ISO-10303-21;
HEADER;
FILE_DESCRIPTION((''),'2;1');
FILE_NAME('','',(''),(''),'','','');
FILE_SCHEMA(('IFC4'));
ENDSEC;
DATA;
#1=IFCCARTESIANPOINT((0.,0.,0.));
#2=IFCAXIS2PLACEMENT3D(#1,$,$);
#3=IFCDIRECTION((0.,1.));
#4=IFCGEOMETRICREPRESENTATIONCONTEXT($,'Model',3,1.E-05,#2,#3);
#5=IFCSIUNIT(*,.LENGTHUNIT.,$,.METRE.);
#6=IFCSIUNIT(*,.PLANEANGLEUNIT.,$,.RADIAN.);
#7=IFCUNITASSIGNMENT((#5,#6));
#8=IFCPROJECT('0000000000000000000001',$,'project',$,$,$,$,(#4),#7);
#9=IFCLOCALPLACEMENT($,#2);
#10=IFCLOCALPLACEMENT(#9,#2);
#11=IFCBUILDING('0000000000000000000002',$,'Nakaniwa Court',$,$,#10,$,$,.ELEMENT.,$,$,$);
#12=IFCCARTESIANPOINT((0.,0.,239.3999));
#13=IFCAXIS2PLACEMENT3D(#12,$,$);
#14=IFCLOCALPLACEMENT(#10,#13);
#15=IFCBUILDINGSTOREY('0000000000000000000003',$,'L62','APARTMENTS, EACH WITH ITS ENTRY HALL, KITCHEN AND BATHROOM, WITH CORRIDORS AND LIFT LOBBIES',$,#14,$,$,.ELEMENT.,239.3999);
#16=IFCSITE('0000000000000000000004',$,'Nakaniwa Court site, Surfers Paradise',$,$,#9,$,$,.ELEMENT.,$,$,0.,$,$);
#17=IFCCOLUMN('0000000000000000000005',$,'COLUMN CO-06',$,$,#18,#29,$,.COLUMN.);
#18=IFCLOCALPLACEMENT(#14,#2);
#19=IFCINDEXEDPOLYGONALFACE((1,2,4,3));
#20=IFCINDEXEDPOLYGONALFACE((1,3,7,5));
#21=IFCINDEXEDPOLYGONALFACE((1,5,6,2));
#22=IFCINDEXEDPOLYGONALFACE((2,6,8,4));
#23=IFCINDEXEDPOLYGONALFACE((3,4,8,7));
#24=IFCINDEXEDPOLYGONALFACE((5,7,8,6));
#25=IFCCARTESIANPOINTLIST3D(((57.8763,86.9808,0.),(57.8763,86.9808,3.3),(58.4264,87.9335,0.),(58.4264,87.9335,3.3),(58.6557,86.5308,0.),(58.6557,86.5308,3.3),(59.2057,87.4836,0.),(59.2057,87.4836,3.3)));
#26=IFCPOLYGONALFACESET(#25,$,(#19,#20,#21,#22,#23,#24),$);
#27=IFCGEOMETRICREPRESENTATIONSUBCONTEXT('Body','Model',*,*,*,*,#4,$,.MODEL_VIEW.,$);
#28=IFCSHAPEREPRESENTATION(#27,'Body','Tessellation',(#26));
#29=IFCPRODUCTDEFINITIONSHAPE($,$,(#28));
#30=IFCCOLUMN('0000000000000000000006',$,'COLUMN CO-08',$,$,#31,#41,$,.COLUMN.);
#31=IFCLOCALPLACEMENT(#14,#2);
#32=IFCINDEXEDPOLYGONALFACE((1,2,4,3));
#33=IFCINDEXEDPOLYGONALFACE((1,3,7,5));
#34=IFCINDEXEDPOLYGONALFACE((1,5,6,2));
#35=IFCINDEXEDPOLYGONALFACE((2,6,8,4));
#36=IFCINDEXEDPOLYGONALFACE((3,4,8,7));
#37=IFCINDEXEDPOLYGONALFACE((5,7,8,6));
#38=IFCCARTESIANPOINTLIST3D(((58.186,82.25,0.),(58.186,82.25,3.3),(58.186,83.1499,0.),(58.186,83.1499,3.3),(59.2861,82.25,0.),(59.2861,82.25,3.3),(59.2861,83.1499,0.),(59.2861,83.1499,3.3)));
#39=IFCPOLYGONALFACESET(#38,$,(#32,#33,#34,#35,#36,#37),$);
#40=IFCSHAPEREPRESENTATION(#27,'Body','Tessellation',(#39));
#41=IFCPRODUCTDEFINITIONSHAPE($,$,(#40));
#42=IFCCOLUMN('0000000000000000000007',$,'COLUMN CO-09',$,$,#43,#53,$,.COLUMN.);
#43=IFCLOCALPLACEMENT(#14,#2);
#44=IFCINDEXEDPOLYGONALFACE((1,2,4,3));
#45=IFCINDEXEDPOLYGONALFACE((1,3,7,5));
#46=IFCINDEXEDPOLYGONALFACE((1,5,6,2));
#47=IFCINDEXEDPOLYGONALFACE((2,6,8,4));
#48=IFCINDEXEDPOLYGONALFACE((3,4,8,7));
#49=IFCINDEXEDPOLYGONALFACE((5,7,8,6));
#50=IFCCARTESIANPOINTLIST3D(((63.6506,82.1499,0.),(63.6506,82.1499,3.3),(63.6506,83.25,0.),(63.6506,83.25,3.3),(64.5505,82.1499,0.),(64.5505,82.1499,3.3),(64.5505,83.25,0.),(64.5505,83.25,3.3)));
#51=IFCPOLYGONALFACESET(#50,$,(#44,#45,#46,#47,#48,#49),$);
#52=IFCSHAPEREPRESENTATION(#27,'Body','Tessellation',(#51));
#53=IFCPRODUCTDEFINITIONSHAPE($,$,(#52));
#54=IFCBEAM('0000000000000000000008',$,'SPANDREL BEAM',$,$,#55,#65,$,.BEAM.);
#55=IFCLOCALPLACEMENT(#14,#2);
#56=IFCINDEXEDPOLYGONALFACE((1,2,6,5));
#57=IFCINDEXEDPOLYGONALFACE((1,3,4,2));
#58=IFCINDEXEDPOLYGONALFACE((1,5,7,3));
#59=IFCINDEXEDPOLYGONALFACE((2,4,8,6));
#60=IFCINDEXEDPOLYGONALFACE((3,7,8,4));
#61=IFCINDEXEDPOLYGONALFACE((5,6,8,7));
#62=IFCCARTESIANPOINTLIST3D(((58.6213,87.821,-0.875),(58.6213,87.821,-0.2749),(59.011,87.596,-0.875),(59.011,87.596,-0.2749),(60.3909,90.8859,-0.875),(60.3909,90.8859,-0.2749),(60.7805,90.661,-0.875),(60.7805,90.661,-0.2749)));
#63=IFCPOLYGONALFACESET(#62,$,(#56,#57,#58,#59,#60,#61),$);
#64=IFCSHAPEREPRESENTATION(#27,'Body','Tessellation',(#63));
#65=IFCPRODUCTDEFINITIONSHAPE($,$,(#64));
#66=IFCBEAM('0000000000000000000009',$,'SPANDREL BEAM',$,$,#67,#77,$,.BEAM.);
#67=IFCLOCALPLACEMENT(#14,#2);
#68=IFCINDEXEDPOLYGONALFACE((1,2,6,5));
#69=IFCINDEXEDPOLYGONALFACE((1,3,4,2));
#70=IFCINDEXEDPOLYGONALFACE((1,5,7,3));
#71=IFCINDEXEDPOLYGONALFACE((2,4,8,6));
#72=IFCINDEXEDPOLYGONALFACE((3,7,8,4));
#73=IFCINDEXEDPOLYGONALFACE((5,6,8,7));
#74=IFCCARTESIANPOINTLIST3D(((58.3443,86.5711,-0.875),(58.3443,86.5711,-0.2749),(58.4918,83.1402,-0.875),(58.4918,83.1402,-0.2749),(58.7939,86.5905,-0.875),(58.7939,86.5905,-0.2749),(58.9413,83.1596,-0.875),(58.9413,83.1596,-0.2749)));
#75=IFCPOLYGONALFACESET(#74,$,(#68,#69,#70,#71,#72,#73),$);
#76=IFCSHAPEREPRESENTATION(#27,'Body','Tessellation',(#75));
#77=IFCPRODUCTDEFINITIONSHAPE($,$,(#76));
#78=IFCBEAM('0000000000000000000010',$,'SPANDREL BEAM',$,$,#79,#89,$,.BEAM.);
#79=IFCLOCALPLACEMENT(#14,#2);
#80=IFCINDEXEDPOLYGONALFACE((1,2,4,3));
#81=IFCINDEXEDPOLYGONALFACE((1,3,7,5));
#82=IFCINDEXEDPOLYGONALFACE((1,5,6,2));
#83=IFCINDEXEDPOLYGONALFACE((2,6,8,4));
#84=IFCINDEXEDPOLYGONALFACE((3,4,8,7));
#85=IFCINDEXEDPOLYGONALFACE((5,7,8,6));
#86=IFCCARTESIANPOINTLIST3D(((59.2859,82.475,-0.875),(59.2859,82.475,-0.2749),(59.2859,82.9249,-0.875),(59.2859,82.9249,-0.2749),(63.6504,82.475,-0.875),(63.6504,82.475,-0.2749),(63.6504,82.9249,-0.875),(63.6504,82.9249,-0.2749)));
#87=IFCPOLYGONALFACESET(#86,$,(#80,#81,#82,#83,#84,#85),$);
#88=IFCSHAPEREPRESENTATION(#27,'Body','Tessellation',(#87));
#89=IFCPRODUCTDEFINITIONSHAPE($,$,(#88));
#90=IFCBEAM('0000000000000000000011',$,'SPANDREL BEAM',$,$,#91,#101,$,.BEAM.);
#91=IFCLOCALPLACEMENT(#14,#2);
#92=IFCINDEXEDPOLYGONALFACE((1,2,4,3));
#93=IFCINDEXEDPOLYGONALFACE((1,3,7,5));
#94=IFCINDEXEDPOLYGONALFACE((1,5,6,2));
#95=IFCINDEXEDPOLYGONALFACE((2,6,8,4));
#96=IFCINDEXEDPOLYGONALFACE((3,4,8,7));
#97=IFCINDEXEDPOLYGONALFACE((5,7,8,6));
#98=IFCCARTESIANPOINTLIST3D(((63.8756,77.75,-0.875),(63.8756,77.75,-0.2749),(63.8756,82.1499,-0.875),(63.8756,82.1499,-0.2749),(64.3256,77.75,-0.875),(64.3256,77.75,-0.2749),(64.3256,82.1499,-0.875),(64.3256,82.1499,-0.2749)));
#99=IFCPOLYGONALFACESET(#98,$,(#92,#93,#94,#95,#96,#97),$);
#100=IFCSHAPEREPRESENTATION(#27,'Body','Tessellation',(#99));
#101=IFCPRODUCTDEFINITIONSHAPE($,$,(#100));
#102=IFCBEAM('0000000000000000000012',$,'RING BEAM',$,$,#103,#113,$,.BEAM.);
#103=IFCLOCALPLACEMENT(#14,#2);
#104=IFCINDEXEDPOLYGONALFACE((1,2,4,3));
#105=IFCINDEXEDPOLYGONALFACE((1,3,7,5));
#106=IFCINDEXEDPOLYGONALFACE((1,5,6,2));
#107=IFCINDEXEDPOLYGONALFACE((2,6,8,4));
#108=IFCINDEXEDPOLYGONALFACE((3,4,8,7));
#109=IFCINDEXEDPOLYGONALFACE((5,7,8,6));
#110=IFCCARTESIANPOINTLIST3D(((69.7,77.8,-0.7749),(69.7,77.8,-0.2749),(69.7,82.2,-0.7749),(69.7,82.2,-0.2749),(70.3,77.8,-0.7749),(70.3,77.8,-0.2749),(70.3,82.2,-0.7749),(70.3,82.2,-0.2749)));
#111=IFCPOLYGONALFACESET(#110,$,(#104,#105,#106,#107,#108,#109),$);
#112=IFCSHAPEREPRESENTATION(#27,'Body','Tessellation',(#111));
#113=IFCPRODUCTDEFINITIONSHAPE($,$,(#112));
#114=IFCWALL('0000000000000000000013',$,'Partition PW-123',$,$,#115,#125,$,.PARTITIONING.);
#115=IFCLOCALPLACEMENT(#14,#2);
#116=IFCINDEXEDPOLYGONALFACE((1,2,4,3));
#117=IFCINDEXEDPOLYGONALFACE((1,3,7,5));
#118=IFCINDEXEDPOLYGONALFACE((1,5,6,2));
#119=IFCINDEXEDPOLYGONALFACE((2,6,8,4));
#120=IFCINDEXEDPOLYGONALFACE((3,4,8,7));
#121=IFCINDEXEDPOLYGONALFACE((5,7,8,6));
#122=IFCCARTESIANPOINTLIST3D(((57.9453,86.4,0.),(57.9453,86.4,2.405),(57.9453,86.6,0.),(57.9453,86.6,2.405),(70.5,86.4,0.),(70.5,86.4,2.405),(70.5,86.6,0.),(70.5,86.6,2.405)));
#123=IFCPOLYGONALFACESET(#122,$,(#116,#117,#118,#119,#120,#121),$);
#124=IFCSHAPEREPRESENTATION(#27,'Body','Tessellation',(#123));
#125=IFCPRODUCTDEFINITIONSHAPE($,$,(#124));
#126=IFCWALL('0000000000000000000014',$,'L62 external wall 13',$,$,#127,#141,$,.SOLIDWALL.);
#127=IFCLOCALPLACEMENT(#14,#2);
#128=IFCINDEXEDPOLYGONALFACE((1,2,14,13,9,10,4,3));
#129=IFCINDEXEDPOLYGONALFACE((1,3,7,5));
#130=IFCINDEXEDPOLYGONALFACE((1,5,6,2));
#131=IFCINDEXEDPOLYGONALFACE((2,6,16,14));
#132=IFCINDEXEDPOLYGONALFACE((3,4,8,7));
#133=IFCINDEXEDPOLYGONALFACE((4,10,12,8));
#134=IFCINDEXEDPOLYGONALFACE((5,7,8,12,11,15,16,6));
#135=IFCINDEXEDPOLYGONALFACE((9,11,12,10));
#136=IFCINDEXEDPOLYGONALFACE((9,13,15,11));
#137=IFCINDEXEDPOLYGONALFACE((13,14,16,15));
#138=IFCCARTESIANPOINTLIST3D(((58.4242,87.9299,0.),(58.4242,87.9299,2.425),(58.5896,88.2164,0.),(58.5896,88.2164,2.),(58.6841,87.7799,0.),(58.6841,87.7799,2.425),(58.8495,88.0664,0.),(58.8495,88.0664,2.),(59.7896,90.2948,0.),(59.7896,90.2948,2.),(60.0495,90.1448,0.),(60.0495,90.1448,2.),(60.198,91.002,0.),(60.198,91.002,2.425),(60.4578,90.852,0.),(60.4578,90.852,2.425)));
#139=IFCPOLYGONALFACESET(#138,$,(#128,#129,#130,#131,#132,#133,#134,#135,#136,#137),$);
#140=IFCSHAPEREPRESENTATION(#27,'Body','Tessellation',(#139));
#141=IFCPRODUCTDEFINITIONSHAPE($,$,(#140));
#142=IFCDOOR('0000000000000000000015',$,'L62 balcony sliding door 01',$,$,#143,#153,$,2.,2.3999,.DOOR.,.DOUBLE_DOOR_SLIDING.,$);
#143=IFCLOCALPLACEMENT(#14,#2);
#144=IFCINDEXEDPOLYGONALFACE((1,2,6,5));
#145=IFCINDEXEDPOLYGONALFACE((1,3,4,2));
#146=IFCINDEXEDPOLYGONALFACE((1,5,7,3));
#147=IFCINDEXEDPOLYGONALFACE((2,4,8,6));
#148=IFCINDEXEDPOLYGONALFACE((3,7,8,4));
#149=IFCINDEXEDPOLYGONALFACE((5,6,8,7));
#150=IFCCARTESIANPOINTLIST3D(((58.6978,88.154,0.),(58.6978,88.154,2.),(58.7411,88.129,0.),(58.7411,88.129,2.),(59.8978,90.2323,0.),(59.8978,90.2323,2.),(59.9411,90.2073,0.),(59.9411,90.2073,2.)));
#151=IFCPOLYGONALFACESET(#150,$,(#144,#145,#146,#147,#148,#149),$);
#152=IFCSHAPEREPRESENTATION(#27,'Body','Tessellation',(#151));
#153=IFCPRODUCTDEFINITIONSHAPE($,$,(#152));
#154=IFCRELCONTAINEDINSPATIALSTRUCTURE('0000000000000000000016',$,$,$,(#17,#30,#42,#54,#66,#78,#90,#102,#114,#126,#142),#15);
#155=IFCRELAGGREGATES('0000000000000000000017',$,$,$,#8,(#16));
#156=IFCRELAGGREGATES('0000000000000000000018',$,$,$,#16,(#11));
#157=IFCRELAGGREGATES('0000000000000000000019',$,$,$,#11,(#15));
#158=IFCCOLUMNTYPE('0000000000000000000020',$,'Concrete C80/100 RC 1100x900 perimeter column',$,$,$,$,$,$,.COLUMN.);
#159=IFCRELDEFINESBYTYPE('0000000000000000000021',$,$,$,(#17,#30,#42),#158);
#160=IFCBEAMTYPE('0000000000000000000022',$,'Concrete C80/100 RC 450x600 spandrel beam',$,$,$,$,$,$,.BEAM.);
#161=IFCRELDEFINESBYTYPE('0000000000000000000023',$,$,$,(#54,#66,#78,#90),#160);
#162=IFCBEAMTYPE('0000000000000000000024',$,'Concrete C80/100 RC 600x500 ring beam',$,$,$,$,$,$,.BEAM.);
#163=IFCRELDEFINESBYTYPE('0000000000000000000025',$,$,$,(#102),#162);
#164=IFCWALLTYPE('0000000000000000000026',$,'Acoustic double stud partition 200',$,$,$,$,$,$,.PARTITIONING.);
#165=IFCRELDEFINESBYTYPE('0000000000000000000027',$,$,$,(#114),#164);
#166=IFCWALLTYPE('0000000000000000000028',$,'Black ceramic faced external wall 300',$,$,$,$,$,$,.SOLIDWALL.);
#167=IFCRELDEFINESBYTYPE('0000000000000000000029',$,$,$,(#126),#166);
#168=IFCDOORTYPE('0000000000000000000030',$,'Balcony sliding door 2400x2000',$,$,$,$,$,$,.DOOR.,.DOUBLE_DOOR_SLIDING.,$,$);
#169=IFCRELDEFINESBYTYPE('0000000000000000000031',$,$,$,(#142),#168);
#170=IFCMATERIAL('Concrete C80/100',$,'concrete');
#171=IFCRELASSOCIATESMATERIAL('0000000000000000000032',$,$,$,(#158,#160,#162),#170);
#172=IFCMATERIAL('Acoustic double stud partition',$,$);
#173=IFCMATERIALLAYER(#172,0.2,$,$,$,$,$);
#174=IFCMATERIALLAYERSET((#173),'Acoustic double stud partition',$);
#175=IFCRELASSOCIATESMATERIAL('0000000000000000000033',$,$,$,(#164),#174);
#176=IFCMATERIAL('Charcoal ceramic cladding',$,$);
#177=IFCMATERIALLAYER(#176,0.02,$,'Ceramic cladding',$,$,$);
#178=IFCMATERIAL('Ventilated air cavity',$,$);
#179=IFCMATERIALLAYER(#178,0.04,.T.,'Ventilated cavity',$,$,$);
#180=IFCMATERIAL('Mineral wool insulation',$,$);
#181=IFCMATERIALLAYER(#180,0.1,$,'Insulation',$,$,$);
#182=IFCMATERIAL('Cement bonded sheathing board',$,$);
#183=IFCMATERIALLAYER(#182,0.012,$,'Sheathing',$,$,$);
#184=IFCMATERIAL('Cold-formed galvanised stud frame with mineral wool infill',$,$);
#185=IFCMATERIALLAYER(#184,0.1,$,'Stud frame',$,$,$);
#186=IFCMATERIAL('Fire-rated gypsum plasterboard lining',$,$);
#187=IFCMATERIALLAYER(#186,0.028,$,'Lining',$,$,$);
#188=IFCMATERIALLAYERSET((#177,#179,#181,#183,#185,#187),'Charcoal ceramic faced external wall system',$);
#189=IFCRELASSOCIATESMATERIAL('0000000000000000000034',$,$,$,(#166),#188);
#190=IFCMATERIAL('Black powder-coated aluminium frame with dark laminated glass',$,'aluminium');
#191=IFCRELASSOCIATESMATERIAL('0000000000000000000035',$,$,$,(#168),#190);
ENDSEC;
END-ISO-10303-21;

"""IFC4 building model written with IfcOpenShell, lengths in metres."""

from ifc_helpers import new_model, si_unit, direction, frame, frame_2d, origin, origin_2d, place, context, subcontext, project, spatial, rectangle, extrude, material, layer, layer_set, material_profile, profile_set, type_object, element, fill, save


model = new_model("IFC4")

# Units and contexts
model_context = context("Model", 3, precision=1e-05, world=origin(), true_north=direction((0.0, 1.0)))
body_context = subcontext(model_context, "Body", "Model", "MODEL_VIEW")
ifc_project = project(units=[si_unit("LENGTHUNIT", "METRE"), si_unit("PLANEANGLEUNIT", "RADIAN")], contexts=[model_context])

# Site, building, storey
site_placement = place(None, origin())
site = spatial("IfcSite", under=ifc_project, at=site_placement, Name="Nakaniwa Court site, Surfers Paradise", CompositionType="ELEMENT", RefElevation=0.0)
building_placement = place(site_placement, origin())
building = spatial("IfcBuilding", under=site, at=building_placement, Name="Nakaniwa Court", CompositionType="ELEMENT")
storey_placement = place(building_placement, frame((0.0, 0.0, 239.3999)))
storey = spatial("IfcBuildingStorey", under=building, at=storey_placement, Name="L62", Description="APARTMENTS, EACH WITH ITS ENTRY HALL, KITCHEN AND BATHROOM, WITH CORRIDORS AND LIFT LOBBIES", CompositionType="ELEMENT", Elevation=239.3999)

# Columns
ifc_material_1 = material(Name="Concrete C80/100", Category="concrete")
ifc_material_profile_1 = material_profile(ifc_material_1, rectangle(XDim=1.1001, YDim=0.8999, at=origin_2d()), Name="Concrete C80/100 RC 1100x900 perimeter column")
ifc_profile_set_1 = profile_set([ifc_material_profile_1], Name="Concrete C80/100")
column_type = type_object("IfcColumnType", Name="Concrete C80/100 RC 1100x900 perimeter column", PredefinedType="COLUMN", material=ifc_profile_set_1)
for number, where, z_axis, x_axis, name in (
    (1, (58.541, 87.2322, 0.0), (0.0, 0.0, 1.0), (-0.5, -0.866025, 0.0), "COLUMN CO-06"),
    (2, (58.7361, 82.7, 0.0), (0.0, 0.0, 1.0), (1.0, 0.0, 0.0), "COLUMN CO-08"),
    (3, (64.1006, 82.7, 0.0), (0.0, 0.0, 1.0), (0.0, -1.0, 0.0), "COLUMN CO-09"),
):
    element("IfcColumn", number, at=place(storey_placement, frame(where, z_axis=z_axis, x_axis=x_axis)), inside=storey, type_object=column_type, Name=name, PredefinedType="COLUMN", context=body_context, shape_type="SweptSolid", body=[
        extrude(rectangle(XDim=1.1001, YDim=0.8999, at=origin_2d()), origin(), (0.0, 0.0, 1.0), 3.3),
    ])

# Beams
ifc_material_profile_2 = material_profile(ifc_material_1, rectangle(XDim=0.45, YDim=0.6001, at=origin_2d()), Name="Concrete C80/100 RC 450x600 spandrel beam")
ifc_profile_set_2 = profile_set([ifc_material_profile_2], Name="Concrete C80/100")
beam_type_1 = type_object("IfcBeamType", Name="Concrete C80/100 RC 450x600 spandrel beam", PredefinedType="BEAM", material=ifc_profile_set_2)
beam_1_placement = place(storey_placement, frame((60.5857, 90.7734, -0.575), z_axis=(-0.499997, -0.866027, 0.0), x_axis=(0.866027, -0.499997, 0.0)))
element("IfcBeam", 4, at=beam_1_placement, inside=storey, type_object=beam_type_1, Name="SPANDREL BEAM", PredefinedType="BEAM", context=body_context, shape_type="SweptSolid", body=[
    extrude(rectangle(XDim=0.45, YDim=0.6001, at=origin_2d()), origin(), (0.0, 0.0, 1.0), 3.5391),
])
beam_2_placement = place(storey_placement, frame((58.5691, 86.5808, -0.575), z_axis=(0.042941, -0.999078, 0.0), x_axis=(0.999078, 0.042941, 0.0)))
element("IfcBeam", 5, at=beam_2_placement, inside=storey, type_object=beam_type_1, Name="SPANDREL BEAM", PredefinedType="BEAM", context=body_context, shape_type="SweptSolid", body=[
    extrude(rectangle(XDim=0.45, YDim=0.6001, at=origin_2d()), origin(), (0.0, 0.0, 1.0), 3.4341),
])
beam_3_placement = place(storey_placement, frame((59.2859, 82.7, -0.575), z_axis=(1.0, 0.0, 0.0), x_axis=(0.0, 1.0, 0.0)))
element("IfcBeam", 6, at=beam_3_placement, inside=storey, type_object=beam_type_1, Name="SPANDREL BEAM", PredefinedType="BEAM", context=body_context, shape_type="SweptSolid", body=[
    extrude(rectangle(XDim=0.45, YDim=0.6001, at=origin_2d()), origin(), (0.0, 0.0, 1.0), 4.3645),
])
beam_4_placement = place(storey_placement, frame((64.1006, 82.1499, -0.575), z_axis=(0.0, -1.0, 0.0), x_axis=(1.0, 0.0, 0.0)))
element("IfcBeam", 7, at=beam_4_placement, inside=storey, type_object=beam_type_1, Name="SPANDREL BEAM", PredefinedType="BEAM", context=body_context, shape_type="SweptSolid", body=[
    extrude(rectangle(XDim=0.45, YDim=0.6001, at=origin_2d()), origin(), (0.0, 0.0, 1.0), 4.3999),
])
ifc_material_profile_3 = material_profile(ifc_material_1, rectangle(XDim=0.6001, YDim=0.5, at=origin_2d()), Name="Concrete C80/100 RC 600x500 ring beam")
ifc_profile_set_3 = profile_set([ifc_material_profile_3], Name="Concrete C80/100")
beam_type_2 = type_object("IfcBeamType", Name="Concrete C80/100 RC 600x500 ring beam", PredefinedType="BEAM", material=ifc_profile_set_3)
beam_5_placement = place(storey_placement, frame((70.0, 82.2, -0.5249), z_axis=(0.0, -1.0, 0.0), x_axis=(1.0, 0.0, 0.0)))
element("IfcBeam", 8, at=beam_5_placement, inside=storey, type_object=beam_type_2, Name="RING BEAM", PredefinedType="BEAM", context=body_context, shape_type="SweptSolid", body=[
    extrude(rectangle(XDim=0.6001, YDim=0.5, at=origin_2d()), origin(), (0.0, 0.0, 1.0), 4.3999),
])

# Wall
ifc_material_2 = material(Name="Acoustic double stud partition")
ifc_layer_1 = layer(ifc_material_2, 0.2)
ifc_layer_set_1 = layer_set([ifc_layer_1], Name="Acoustic double stud partition")
wall_type_1 = type_object("IfcWallType", Name="Acoustic double stud partition 200", PredefinedType="PARTITIONING", material=ifc_layer_set_1)
wall_1_placement = place(storey_placement, frame((57.9453, 86.5, 0.0), z_axis=(0.0, 0.0, 1.0), x_axis=(1.0, 0.0, 0.0)))
element("IfcWall", 9, at=wall_1_placement, inside=storey, type_object=wall_type_1, Name="Partition PW-123", PredefinedType="PARTITIONING", context=body_context, shape_type="SweptSolid", body=[
    extrude(rectangle(XDim=12.5547, YDim=0.2, at=frame_2d((6.2773, 0.0))), origin(), (0.0, 0.0, 1.0), 2.405),
])

# Wall, opening, door
ifc_material_3 = material(Name="Charcoal ceramic cladding")
ifc_layer_2 = layer(ifc_material_3, 0.02, Name="Ceramic cladding")
ifc_material_4 = material(Name="Ventilated air cavity")
ifc_layer_3 = layer(ifc_material_4, 0.04, ventilated=True, Name="Ventilated cavity")
ifc_material_5 = material(Name="Mineral wool insulation")
ifc_layer_4 = layer(ifc_material_5, 0.1, Name="Insulation")
ifc_material_6 = material(Name="Cement bonded sheathing board")
ifc_layer_5 = layer(ifc_material_6, 0.012, Name="Sheathing")
ifc_material_7 = material(Name="Cold-formed galvanised stud frame with mineral wool infill")
ifc_layer_6 = layer(ifc_material_7, 0.1, Name="Stud frame")
ifc_material_8 = material(Name="Fire-rated gypsum plasterboard lining")
ifc_layer_7 = layer(ifc_material_8, 0.028, Name="Lining")
ifc_layer_set_2 = layer_set([ifc_layer_2, ifc_layer_3, ifc_layer_4, ifc_layer_5, ifc_layer_6, ifc_layer_7], Name="Charcoal ceramic faced external wall system")
wall_type_2 = type_object("IfcWallType", Name="Black ceramic faced external wall 300", PredefinedType="SOLIDWALL", material=ifc_layer_set_2)
wall_2_placement = place(storey_placement, frame((60.3279, 90.927, 0.0), z_axis=(0.0, 0.0, 1.0), x_axis=(-0.50001, -0.866019, 0.0)))
wall_2 = element("IfcWall", 10, at=wall_2_placement, inside=storey, type_object=wall_type_2, Name="L62 external wall 13", PredefinedType="SOLIDWALL", context=body_context, shape_type="SweptSolid", body=[
    extrude(rectangle(XDim=3.5474, YDim=0.3, at=frame_2d((1.7737, 0.0))), origin(), (0.0, 0.0, 1.0), 2.425),
])
opening_1_placement = place(wall_2_placement, frame((0.8167, 0.0, 0.0)))
opening_1 = element("IfcOpeningElement", 11, at=opening_1_placement, cuts=wall_2, PredefinedType="OPENING", context=body_context, shape_type="SweptSolid", body=[
    extrude(rectangle(XDim=2.3999, YDim=2.0, at=frame_2d((1.2, 1.0))), frame((0.0, 0.1599, 0.0), z_axis=(0.0, -1.0, 0.0), x_axis=(1.0, 0.0, 0.0)), (0.0, 0.0, 1.0), 0.3201),
])
ifc_material_9 = material(Name="Black powder-coated aluminium frame with dark laminated glass", Category="aluminium")
door_type_1 = type_object("IfcDoorType", Name="Balcony sliding door 2400x2000", OperationType="DOUBLE_DOOR_SLIDING", PredefinedType="DOOR", material=ifc_material_9)
door_1_placement = place(opening_1_placement, origin())
door_1 = element("IfcDoor", 12, at=door_1_placement, inside=storey, type_object=door_type_1, Name="L62 balcony sliding door 01", OperationType="DOUBLE_DOOR_SLIDING", OverallHeight=2.0, OverallWidth=2.3999, PredefinedType="DOOR", context=body_context, shape_type="SweptSolid", body=[
    extrude(rectangle(XDim=2.3999, YDim=2.0, at=frame_2d((1.2, 1.0))), frame((0.0, 0.0249, 0.0), z_axis=(0.0, -1.0, 0.0), x_axis=(1.0, 0.0, 0.0)), (0.0, 0.0, 1.0), 0.05),
])
fill(opening_1, door_1)

save(model, "model.ifc")
